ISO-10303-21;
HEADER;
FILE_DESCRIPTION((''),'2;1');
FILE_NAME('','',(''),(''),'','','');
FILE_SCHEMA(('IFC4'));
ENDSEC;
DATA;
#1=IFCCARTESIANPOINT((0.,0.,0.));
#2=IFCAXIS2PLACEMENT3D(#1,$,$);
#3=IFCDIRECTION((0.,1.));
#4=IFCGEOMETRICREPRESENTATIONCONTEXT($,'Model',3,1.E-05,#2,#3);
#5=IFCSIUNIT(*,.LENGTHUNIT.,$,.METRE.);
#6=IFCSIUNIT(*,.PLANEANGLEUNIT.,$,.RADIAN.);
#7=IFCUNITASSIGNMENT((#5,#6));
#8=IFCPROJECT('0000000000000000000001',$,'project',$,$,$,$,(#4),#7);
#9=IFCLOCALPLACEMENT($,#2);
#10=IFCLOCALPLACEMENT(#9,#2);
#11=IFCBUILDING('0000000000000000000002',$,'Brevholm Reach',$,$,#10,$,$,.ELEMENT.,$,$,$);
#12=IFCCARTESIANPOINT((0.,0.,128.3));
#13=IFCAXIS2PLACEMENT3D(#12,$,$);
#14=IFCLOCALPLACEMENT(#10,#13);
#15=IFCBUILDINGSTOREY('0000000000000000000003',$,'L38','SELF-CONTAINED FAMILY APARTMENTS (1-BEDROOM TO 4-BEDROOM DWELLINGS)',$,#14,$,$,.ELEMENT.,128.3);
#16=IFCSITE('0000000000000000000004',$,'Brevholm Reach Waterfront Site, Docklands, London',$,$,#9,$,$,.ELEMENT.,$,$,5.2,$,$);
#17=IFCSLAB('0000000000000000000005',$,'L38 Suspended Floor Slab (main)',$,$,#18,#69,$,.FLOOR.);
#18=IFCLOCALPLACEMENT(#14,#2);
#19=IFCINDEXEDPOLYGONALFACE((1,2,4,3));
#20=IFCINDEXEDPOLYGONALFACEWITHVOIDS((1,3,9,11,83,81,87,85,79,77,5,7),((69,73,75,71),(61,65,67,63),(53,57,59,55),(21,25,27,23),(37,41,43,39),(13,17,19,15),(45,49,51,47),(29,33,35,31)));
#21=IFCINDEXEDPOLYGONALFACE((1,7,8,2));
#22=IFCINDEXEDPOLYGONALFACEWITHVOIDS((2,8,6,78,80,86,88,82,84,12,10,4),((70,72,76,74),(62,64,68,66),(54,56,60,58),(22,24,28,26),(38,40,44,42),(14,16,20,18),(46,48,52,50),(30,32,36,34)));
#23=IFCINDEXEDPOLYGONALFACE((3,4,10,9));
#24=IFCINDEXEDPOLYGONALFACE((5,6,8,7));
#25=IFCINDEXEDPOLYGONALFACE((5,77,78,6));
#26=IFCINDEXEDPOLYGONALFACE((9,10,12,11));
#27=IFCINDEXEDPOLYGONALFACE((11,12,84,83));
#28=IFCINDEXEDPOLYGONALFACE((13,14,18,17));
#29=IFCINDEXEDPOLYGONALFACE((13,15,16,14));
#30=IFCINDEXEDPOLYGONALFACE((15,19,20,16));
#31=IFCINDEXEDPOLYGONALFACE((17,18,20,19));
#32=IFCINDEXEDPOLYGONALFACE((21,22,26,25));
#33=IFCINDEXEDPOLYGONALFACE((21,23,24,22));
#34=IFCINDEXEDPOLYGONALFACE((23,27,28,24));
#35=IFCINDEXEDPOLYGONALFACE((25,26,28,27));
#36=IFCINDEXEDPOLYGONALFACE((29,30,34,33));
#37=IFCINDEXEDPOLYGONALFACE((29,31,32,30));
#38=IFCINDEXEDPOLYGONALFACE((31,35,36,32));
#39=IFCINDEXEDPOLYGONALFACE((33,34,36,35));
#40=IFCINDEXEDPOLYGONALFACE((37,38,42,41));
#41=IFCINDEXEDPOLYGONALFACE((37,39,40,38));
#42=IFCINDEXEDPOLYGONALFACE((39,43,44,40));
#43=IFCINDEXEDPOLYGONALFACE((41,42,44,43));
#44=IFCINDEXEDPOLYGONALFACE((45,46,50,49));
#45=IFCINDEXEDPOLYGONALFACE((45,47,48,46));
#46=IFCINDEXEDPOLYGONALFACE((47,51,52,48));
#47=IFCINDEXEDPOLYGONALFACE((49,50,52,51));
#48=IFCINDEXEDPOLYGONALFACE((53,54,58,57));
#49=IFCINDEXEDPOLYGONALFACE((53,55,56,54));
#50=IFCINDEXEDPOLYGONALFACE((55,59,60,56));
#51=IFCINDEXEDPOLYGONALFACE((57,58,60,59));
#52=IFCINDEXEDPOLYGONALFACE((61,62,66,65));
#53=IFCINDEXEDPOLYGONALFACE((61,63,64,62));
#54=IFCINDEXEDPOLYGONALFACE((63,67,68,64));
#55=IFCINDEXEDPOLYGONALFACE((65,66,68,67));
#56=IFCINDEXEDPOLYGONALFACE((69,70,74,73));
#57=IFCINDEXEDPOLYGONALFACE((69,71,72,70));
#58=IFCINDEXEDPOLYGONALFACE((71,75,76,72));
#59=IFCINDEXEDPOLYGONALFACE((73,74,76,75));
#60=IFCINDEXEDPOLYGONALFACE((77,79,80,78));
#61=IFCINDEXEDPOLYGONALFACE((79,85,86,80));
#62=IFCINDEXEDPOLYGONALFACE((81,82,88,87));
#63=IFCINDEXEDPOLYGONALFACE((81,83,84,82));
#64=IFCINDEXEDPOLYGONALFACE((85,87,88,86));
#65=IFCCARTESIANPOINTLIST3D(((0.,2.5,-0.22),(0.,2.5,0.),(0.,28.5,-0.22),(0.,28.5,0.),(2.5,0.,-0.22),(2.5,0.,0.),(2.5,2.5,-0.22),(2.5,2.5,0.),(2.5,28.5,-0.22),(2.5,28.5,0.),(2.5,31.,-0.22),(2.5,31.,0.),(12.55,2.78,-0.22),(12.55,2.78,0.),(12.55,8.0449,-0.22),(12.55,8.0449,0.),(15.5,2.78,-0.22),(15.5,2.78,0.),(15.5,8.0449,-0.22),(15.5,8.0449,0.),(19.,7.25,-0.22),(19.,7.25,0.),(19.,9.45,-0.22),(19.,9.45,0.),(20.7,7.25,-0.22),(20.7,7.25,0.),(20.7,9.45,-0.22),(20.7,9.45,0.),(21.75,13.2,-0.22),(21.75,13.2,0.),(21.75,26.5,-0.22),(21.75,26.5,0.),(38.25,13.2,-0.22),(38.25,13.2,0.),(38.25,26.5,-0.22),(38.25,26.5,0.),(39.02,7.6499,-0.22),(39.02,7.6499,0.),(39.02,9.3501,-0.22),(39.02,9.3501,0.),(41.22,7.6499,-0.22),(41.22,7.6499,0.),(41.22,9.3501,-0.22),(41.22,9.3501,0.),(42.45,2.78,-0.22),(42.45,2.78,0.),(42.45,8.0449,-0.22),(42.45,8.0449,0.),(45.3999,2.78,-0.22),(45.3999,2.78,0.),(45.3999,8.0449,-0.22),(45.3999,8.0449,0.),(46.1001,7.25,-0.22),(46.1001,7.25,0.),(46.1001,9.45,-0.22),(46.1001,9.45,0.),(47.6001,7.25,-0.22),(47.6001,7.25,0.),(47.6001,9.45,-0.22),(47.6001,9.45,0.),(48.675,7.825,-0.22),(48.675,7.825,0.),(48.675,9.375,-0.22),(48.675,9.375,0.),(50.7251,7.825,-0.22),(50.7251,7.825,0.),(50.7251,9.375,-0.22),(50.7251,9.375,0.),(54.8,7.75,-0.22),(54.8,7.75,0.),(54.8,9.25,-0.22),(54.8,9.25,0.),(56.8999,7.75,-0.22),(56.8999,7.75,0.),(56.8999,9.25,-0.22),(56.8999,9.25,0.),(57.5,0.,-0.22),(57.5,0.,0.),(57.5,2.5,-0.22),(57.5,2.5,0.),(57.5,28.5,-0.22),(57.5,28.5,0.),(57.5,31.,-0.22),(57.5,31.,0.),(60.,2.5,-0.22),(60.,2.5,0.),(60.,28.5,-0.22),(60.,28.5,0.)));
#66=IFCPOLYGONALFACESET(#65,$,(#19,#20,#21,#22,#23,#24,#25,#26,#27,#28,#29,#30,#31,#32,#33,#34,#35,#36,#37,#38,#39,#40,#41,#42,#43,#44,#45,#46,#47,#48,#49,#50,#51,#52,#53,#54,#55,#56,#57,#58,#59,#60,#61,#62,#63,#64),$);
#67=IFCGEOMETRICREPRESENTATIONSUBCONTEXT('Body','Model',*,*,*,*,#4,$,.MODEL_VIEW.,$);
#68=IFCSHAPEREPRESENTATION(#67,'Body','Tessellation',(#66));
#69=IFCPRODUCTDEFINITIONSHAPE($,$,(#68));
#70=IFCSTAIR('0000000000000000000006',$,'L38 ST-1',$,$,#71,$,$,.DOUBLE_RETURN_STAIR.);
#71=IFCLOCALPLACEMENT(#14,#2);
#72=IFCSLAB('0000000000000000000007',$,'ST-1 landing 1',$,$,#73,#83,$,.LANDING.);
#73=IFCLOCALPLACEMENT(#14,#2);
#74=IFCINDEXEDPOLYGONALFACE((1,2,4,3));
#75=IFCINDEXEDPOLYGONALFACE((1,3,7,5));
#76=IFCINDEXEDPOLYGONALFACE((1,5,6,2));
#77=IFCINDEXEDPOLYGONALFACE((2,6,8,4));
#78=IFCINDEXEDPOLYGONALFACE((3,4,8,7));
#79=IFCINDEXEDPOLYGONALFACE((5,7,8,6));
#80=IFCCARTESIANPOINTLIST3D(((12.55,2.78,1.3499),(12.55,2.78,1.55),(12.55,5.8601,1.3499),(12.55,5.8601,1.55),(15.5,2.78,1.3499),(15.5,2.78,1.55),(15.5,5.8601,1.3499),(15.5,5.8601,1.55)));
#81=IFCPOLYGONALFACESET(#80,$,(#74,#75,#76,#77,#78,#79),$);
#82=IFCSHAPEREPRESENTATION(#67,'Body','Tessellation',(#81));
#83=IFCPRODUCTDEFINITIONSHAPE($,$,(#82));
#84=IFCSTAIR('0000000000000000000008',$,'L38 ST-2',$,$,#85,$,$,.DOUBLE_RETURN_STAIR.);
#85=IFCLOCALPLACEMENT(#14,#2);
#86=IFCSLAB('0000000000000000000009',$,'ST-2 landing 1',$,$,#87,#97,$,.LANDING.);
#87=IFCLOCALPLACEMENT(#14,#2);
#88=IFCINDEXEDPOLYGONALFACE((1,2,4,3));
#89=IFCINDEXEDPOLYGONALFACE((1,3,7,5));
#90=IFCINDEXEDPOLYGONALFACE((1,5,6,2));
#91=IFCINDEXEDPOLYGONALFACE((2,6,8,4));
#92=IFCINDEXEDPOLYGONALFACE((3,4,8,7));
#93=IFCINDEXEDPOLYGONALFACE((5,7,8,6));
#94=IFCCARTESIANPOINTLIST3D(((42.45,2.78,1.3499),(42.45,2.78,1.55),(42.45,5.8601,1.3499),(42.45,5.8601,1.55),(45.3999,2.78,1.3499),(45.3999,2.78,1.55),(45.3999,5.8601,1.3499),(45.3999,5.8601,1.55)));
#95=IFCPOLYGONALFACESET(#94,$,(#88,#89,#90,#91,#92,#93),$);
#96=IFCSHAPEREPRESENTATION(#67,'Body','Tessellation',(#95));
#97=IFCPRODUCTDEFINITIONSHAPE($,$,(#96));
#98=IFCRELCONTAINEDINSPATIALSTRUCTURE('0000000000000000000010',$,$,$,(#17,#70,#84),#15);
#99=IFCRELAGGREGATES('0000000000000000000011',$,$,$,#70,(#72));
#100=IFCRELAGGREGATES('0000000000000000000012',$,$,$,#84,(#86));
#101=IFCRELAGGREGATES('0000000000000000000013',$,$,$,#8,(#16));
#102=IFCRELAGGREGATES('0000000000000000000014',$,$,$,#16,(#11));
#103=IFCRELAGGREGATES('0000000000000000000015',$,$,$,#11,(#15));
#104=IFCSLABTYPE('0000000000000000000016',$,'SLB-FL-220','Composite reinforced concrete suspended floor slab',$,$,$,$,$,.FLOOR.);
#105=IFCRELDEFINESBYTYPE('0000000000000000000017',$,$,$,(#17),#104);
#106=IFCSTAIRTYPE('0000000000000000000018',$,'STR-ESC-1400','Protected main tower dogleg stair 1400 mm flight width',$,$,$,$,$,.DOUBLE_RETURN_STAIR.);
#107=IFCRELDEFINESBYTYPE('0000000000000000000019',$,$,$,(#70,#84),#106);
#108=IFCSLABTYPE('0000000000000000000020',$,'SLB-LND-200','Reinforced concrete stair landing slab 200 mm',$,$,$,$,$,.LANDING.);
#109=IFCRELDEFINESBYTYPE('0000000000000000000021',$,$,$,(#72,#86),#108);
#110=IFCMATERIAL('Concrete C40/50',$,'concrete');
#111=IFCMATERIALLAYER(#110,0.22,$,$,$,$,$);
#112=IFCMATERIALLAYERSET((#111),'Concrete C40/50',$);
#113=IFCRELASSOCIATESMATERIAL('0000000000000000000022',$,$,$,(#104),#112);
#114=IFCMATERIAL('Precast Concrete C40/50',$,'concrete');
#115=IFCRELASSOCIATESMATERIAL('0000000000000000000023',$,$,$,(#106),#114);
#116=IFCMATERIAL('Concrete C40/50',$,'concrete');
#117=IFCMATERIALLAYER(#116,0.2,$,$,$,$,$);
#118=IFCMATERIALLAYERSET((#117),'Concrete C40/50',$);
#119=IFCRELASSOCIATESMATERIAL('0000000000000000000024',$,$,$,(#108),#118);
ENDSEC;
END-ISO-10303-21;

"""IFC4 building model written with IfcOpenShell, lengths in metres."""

from ifc_helpers import new_model, si_unit, direction, frame, origin, place, context, subcontext, project, spatial, polyline, outline, extrude, material, layer, layer_set, type_object, element, aggregate, save


model = new_model("IFC4")

# Units and contexts
model_context = context("Model", 3, precision=1e-05, world=origin(), true_north=direction((0.0, 1.0)))
body_context = subcontext(model_context, "Body", "Model", "MODEL_VIEW")
ifc_project = project(units=[si_unit("LENGTHUNIT", "METRE"), si_unit("PLANEANGLEUNIT", "RADIAN")], contexts=[model_context])

# Site, building, storey
site_placement = place(None, origin())
site = spatial("IfcSite", under=ifc_project, at=site_placement, Name="Brevholm Reach Waterfront Site, Docklands, London", CompositionType="ELEMENT", RefElevation=5.2)
building_placement = place(site_placement, origin())
building = spatial("IfcBuilding", under=site, at=building_placement, Name="Brevholm Reach", CompositionType="ELEMENT")
storey_placement = place(building_placement, frame((0.0, 0.0, 128.3)))
storey = spatial("IfcBuildingStorey", under=building, at=storey_placement, Name="L38", Description="SELF-CONTAINED FAMILY APARTMENTS (1-BEDROOM TO 4-BEDROOM DWELLINGS)", CompositionType="ELEMENT", Elevation=128.3)

# Slab
ifc_material_1 = material(Name="Concrete C40/50", Category="concrete")
ifc_layer_1 = layer(ifc_material_1, 0.22)
ifc_layer_set_1 = layer_set([ifc_layer_1], Name="Concrete C40/50")
slab_type_1 = type_object("IfcSlabType", Name="SLB-FL-220", Description="Composite reinforced concrete suspended floor slab", PredefinedType="FLOOR", material=ifc_layer_set_1)
slab_1_placement = place(storey_placement, frame((0.0, 0.0, -0.22)))
element("IfcSlab", 1, at=slab_1_placement, inside=storey, type_object=slab_type_1, Name="L38 Suspended Floor Slab (main)", PredefinedType="FLOOR", context=body_context, shape_type="SweptSolid", body=[
    extrude(outline(polyline([(2.5, 0.0), (57.5, 0.0), (57.5, 2.5), (60.0, 2.5), (60.0, 28.5), (57.5, 28.5), (57.5, 31.0), (2.5, 31.0), (2.5, 28.5), (0.0, 28.5), (0.0, 2.5), (2.5, 2.5), (2.5, 0.0)]), holes=[polyline([(21.75, 13.2), (38.25, 13.2), (38.25, 26.5), (21.75, 26.5), (21.75, 13.2)]), polyline([(12.55, 2.78), (15.5, 2.78), (15.5, 8.0449), (12.55, 8.0449), (12.55, 2.78)]), polyline([(42.45, 2.78), (45.3999, 2.78), (45.3999, 8.0449), (42.45, 8.0449), (42.45, 2.78)]), polyline([(19.0, 7.25), (20.7, 7.25), (20.7, 9.45), (19.0, 9.45), (19.0, 7.25)]), polyline([(46.1001, 7.25), (47.6001, 7.25), (47.6001, 9.45), (46.1001, 9.45), (46.1001, 7.25)]), polyline([(48.675, 7.825), (50.7251, 7.825), (50.7251, 9.375), (48.675, 9.375), (48.675, 7.825)]), polyline([(54.8, 7.75), (56.8999, 7.75), (56.8999, 9.25), (54.8, 9.25), (54.8, 7.75)]), polyline([(39.02, 7.6499), (41.22, 7.6499), (41.22, 9.3501), (39.02, 9.3501), (39.02, 7.6499)])]), origin(), (0.0, 0.0, 1.0), 0.22),
])

# Stairs, slabs
ifc_material_2 = material(Name="Precast Concrete C40/50", Category="concrete")
stair_type = type_object("IfcStairType", Name="STR-ESC-1400", Description="Protected main tower dogleg stair 1400 mm flight width", PredefinedType="DOUBLE_RETURN_STAIR", material=ifc_material_2)
stair_1_placement = place(storey_placement, origin())
stair_1 = element("IfcStair", 2, at=stair_1_placement, inside=storey, type_object=stair_type, Name="L38 ST-1", PredefinedType="DOUBLE_RETURN_STAIR")
ifc_material_3 = material(Name="Concrete C40/50", Category="concrete")
ifc_layer_2 = layer(ifc_material_3, 0.2)
ifc_layer_set_2 = layer_set([ifc_layer_2], Name="Concrete C40/50")
slab_type_2 = type_object("IfcSlabType", Name="SLB-LND-200", Description="Reinforced concrete stair landing slab 200 mm", PredefinedType="LANDING", material=ifc_layer_set_2)
slab_2_placement = place(storey_placement, frame((0.0, 0.0, 1.3499)))
slab_2 = element("IfcSlab", 3, at=slab_2_placement, type_object=slab_type_2, Name="ST-1 landing 1", PredefinedType="LANDING", context=body_context, shape_type="SweptSolid", body=[
    extrude(outline(polyline([(12.55, 5.8601), (12.55, 2.78), (15.5, 2.78), (15.5, 5.8601), (12.55, 5.8601)])), origin(), (0.0, 0.0, 1.0), 0.2002),
])
aggregate(stair_1, [slab_2])
stair_2_placement = place(storey_placement, origin())
stair_2 = element("IfcStair", 4, at=stair_2_placement, inside=storey, type_object=stair_type, Name="L38 ST-2", PredefinedType="DOUBLE_RETURN_STAIR")
slab_3_placement = place(storey_placement, frame((0.0, 0.0, 1.3499)))
slab_3 = element("IfcSlab", 5, at=slab_3_placement, type_object=slab_type_2, Name="ST-2 landing 1", PredefinedType="LANDING", context=body_context, shape_type="SweptSolid", body=[
    extrude(outline(polyline([(42.45, 5.8601), (42.45, 2.78), (45.3999, 2.78), (45.3999, 5.8601), (42.45, 5.8601)])), origin(), (0.0, 0.0, 1.0), 0.2002),
])
aggregate(stair_2, [slab_3])

save(model, "model.ifc")
